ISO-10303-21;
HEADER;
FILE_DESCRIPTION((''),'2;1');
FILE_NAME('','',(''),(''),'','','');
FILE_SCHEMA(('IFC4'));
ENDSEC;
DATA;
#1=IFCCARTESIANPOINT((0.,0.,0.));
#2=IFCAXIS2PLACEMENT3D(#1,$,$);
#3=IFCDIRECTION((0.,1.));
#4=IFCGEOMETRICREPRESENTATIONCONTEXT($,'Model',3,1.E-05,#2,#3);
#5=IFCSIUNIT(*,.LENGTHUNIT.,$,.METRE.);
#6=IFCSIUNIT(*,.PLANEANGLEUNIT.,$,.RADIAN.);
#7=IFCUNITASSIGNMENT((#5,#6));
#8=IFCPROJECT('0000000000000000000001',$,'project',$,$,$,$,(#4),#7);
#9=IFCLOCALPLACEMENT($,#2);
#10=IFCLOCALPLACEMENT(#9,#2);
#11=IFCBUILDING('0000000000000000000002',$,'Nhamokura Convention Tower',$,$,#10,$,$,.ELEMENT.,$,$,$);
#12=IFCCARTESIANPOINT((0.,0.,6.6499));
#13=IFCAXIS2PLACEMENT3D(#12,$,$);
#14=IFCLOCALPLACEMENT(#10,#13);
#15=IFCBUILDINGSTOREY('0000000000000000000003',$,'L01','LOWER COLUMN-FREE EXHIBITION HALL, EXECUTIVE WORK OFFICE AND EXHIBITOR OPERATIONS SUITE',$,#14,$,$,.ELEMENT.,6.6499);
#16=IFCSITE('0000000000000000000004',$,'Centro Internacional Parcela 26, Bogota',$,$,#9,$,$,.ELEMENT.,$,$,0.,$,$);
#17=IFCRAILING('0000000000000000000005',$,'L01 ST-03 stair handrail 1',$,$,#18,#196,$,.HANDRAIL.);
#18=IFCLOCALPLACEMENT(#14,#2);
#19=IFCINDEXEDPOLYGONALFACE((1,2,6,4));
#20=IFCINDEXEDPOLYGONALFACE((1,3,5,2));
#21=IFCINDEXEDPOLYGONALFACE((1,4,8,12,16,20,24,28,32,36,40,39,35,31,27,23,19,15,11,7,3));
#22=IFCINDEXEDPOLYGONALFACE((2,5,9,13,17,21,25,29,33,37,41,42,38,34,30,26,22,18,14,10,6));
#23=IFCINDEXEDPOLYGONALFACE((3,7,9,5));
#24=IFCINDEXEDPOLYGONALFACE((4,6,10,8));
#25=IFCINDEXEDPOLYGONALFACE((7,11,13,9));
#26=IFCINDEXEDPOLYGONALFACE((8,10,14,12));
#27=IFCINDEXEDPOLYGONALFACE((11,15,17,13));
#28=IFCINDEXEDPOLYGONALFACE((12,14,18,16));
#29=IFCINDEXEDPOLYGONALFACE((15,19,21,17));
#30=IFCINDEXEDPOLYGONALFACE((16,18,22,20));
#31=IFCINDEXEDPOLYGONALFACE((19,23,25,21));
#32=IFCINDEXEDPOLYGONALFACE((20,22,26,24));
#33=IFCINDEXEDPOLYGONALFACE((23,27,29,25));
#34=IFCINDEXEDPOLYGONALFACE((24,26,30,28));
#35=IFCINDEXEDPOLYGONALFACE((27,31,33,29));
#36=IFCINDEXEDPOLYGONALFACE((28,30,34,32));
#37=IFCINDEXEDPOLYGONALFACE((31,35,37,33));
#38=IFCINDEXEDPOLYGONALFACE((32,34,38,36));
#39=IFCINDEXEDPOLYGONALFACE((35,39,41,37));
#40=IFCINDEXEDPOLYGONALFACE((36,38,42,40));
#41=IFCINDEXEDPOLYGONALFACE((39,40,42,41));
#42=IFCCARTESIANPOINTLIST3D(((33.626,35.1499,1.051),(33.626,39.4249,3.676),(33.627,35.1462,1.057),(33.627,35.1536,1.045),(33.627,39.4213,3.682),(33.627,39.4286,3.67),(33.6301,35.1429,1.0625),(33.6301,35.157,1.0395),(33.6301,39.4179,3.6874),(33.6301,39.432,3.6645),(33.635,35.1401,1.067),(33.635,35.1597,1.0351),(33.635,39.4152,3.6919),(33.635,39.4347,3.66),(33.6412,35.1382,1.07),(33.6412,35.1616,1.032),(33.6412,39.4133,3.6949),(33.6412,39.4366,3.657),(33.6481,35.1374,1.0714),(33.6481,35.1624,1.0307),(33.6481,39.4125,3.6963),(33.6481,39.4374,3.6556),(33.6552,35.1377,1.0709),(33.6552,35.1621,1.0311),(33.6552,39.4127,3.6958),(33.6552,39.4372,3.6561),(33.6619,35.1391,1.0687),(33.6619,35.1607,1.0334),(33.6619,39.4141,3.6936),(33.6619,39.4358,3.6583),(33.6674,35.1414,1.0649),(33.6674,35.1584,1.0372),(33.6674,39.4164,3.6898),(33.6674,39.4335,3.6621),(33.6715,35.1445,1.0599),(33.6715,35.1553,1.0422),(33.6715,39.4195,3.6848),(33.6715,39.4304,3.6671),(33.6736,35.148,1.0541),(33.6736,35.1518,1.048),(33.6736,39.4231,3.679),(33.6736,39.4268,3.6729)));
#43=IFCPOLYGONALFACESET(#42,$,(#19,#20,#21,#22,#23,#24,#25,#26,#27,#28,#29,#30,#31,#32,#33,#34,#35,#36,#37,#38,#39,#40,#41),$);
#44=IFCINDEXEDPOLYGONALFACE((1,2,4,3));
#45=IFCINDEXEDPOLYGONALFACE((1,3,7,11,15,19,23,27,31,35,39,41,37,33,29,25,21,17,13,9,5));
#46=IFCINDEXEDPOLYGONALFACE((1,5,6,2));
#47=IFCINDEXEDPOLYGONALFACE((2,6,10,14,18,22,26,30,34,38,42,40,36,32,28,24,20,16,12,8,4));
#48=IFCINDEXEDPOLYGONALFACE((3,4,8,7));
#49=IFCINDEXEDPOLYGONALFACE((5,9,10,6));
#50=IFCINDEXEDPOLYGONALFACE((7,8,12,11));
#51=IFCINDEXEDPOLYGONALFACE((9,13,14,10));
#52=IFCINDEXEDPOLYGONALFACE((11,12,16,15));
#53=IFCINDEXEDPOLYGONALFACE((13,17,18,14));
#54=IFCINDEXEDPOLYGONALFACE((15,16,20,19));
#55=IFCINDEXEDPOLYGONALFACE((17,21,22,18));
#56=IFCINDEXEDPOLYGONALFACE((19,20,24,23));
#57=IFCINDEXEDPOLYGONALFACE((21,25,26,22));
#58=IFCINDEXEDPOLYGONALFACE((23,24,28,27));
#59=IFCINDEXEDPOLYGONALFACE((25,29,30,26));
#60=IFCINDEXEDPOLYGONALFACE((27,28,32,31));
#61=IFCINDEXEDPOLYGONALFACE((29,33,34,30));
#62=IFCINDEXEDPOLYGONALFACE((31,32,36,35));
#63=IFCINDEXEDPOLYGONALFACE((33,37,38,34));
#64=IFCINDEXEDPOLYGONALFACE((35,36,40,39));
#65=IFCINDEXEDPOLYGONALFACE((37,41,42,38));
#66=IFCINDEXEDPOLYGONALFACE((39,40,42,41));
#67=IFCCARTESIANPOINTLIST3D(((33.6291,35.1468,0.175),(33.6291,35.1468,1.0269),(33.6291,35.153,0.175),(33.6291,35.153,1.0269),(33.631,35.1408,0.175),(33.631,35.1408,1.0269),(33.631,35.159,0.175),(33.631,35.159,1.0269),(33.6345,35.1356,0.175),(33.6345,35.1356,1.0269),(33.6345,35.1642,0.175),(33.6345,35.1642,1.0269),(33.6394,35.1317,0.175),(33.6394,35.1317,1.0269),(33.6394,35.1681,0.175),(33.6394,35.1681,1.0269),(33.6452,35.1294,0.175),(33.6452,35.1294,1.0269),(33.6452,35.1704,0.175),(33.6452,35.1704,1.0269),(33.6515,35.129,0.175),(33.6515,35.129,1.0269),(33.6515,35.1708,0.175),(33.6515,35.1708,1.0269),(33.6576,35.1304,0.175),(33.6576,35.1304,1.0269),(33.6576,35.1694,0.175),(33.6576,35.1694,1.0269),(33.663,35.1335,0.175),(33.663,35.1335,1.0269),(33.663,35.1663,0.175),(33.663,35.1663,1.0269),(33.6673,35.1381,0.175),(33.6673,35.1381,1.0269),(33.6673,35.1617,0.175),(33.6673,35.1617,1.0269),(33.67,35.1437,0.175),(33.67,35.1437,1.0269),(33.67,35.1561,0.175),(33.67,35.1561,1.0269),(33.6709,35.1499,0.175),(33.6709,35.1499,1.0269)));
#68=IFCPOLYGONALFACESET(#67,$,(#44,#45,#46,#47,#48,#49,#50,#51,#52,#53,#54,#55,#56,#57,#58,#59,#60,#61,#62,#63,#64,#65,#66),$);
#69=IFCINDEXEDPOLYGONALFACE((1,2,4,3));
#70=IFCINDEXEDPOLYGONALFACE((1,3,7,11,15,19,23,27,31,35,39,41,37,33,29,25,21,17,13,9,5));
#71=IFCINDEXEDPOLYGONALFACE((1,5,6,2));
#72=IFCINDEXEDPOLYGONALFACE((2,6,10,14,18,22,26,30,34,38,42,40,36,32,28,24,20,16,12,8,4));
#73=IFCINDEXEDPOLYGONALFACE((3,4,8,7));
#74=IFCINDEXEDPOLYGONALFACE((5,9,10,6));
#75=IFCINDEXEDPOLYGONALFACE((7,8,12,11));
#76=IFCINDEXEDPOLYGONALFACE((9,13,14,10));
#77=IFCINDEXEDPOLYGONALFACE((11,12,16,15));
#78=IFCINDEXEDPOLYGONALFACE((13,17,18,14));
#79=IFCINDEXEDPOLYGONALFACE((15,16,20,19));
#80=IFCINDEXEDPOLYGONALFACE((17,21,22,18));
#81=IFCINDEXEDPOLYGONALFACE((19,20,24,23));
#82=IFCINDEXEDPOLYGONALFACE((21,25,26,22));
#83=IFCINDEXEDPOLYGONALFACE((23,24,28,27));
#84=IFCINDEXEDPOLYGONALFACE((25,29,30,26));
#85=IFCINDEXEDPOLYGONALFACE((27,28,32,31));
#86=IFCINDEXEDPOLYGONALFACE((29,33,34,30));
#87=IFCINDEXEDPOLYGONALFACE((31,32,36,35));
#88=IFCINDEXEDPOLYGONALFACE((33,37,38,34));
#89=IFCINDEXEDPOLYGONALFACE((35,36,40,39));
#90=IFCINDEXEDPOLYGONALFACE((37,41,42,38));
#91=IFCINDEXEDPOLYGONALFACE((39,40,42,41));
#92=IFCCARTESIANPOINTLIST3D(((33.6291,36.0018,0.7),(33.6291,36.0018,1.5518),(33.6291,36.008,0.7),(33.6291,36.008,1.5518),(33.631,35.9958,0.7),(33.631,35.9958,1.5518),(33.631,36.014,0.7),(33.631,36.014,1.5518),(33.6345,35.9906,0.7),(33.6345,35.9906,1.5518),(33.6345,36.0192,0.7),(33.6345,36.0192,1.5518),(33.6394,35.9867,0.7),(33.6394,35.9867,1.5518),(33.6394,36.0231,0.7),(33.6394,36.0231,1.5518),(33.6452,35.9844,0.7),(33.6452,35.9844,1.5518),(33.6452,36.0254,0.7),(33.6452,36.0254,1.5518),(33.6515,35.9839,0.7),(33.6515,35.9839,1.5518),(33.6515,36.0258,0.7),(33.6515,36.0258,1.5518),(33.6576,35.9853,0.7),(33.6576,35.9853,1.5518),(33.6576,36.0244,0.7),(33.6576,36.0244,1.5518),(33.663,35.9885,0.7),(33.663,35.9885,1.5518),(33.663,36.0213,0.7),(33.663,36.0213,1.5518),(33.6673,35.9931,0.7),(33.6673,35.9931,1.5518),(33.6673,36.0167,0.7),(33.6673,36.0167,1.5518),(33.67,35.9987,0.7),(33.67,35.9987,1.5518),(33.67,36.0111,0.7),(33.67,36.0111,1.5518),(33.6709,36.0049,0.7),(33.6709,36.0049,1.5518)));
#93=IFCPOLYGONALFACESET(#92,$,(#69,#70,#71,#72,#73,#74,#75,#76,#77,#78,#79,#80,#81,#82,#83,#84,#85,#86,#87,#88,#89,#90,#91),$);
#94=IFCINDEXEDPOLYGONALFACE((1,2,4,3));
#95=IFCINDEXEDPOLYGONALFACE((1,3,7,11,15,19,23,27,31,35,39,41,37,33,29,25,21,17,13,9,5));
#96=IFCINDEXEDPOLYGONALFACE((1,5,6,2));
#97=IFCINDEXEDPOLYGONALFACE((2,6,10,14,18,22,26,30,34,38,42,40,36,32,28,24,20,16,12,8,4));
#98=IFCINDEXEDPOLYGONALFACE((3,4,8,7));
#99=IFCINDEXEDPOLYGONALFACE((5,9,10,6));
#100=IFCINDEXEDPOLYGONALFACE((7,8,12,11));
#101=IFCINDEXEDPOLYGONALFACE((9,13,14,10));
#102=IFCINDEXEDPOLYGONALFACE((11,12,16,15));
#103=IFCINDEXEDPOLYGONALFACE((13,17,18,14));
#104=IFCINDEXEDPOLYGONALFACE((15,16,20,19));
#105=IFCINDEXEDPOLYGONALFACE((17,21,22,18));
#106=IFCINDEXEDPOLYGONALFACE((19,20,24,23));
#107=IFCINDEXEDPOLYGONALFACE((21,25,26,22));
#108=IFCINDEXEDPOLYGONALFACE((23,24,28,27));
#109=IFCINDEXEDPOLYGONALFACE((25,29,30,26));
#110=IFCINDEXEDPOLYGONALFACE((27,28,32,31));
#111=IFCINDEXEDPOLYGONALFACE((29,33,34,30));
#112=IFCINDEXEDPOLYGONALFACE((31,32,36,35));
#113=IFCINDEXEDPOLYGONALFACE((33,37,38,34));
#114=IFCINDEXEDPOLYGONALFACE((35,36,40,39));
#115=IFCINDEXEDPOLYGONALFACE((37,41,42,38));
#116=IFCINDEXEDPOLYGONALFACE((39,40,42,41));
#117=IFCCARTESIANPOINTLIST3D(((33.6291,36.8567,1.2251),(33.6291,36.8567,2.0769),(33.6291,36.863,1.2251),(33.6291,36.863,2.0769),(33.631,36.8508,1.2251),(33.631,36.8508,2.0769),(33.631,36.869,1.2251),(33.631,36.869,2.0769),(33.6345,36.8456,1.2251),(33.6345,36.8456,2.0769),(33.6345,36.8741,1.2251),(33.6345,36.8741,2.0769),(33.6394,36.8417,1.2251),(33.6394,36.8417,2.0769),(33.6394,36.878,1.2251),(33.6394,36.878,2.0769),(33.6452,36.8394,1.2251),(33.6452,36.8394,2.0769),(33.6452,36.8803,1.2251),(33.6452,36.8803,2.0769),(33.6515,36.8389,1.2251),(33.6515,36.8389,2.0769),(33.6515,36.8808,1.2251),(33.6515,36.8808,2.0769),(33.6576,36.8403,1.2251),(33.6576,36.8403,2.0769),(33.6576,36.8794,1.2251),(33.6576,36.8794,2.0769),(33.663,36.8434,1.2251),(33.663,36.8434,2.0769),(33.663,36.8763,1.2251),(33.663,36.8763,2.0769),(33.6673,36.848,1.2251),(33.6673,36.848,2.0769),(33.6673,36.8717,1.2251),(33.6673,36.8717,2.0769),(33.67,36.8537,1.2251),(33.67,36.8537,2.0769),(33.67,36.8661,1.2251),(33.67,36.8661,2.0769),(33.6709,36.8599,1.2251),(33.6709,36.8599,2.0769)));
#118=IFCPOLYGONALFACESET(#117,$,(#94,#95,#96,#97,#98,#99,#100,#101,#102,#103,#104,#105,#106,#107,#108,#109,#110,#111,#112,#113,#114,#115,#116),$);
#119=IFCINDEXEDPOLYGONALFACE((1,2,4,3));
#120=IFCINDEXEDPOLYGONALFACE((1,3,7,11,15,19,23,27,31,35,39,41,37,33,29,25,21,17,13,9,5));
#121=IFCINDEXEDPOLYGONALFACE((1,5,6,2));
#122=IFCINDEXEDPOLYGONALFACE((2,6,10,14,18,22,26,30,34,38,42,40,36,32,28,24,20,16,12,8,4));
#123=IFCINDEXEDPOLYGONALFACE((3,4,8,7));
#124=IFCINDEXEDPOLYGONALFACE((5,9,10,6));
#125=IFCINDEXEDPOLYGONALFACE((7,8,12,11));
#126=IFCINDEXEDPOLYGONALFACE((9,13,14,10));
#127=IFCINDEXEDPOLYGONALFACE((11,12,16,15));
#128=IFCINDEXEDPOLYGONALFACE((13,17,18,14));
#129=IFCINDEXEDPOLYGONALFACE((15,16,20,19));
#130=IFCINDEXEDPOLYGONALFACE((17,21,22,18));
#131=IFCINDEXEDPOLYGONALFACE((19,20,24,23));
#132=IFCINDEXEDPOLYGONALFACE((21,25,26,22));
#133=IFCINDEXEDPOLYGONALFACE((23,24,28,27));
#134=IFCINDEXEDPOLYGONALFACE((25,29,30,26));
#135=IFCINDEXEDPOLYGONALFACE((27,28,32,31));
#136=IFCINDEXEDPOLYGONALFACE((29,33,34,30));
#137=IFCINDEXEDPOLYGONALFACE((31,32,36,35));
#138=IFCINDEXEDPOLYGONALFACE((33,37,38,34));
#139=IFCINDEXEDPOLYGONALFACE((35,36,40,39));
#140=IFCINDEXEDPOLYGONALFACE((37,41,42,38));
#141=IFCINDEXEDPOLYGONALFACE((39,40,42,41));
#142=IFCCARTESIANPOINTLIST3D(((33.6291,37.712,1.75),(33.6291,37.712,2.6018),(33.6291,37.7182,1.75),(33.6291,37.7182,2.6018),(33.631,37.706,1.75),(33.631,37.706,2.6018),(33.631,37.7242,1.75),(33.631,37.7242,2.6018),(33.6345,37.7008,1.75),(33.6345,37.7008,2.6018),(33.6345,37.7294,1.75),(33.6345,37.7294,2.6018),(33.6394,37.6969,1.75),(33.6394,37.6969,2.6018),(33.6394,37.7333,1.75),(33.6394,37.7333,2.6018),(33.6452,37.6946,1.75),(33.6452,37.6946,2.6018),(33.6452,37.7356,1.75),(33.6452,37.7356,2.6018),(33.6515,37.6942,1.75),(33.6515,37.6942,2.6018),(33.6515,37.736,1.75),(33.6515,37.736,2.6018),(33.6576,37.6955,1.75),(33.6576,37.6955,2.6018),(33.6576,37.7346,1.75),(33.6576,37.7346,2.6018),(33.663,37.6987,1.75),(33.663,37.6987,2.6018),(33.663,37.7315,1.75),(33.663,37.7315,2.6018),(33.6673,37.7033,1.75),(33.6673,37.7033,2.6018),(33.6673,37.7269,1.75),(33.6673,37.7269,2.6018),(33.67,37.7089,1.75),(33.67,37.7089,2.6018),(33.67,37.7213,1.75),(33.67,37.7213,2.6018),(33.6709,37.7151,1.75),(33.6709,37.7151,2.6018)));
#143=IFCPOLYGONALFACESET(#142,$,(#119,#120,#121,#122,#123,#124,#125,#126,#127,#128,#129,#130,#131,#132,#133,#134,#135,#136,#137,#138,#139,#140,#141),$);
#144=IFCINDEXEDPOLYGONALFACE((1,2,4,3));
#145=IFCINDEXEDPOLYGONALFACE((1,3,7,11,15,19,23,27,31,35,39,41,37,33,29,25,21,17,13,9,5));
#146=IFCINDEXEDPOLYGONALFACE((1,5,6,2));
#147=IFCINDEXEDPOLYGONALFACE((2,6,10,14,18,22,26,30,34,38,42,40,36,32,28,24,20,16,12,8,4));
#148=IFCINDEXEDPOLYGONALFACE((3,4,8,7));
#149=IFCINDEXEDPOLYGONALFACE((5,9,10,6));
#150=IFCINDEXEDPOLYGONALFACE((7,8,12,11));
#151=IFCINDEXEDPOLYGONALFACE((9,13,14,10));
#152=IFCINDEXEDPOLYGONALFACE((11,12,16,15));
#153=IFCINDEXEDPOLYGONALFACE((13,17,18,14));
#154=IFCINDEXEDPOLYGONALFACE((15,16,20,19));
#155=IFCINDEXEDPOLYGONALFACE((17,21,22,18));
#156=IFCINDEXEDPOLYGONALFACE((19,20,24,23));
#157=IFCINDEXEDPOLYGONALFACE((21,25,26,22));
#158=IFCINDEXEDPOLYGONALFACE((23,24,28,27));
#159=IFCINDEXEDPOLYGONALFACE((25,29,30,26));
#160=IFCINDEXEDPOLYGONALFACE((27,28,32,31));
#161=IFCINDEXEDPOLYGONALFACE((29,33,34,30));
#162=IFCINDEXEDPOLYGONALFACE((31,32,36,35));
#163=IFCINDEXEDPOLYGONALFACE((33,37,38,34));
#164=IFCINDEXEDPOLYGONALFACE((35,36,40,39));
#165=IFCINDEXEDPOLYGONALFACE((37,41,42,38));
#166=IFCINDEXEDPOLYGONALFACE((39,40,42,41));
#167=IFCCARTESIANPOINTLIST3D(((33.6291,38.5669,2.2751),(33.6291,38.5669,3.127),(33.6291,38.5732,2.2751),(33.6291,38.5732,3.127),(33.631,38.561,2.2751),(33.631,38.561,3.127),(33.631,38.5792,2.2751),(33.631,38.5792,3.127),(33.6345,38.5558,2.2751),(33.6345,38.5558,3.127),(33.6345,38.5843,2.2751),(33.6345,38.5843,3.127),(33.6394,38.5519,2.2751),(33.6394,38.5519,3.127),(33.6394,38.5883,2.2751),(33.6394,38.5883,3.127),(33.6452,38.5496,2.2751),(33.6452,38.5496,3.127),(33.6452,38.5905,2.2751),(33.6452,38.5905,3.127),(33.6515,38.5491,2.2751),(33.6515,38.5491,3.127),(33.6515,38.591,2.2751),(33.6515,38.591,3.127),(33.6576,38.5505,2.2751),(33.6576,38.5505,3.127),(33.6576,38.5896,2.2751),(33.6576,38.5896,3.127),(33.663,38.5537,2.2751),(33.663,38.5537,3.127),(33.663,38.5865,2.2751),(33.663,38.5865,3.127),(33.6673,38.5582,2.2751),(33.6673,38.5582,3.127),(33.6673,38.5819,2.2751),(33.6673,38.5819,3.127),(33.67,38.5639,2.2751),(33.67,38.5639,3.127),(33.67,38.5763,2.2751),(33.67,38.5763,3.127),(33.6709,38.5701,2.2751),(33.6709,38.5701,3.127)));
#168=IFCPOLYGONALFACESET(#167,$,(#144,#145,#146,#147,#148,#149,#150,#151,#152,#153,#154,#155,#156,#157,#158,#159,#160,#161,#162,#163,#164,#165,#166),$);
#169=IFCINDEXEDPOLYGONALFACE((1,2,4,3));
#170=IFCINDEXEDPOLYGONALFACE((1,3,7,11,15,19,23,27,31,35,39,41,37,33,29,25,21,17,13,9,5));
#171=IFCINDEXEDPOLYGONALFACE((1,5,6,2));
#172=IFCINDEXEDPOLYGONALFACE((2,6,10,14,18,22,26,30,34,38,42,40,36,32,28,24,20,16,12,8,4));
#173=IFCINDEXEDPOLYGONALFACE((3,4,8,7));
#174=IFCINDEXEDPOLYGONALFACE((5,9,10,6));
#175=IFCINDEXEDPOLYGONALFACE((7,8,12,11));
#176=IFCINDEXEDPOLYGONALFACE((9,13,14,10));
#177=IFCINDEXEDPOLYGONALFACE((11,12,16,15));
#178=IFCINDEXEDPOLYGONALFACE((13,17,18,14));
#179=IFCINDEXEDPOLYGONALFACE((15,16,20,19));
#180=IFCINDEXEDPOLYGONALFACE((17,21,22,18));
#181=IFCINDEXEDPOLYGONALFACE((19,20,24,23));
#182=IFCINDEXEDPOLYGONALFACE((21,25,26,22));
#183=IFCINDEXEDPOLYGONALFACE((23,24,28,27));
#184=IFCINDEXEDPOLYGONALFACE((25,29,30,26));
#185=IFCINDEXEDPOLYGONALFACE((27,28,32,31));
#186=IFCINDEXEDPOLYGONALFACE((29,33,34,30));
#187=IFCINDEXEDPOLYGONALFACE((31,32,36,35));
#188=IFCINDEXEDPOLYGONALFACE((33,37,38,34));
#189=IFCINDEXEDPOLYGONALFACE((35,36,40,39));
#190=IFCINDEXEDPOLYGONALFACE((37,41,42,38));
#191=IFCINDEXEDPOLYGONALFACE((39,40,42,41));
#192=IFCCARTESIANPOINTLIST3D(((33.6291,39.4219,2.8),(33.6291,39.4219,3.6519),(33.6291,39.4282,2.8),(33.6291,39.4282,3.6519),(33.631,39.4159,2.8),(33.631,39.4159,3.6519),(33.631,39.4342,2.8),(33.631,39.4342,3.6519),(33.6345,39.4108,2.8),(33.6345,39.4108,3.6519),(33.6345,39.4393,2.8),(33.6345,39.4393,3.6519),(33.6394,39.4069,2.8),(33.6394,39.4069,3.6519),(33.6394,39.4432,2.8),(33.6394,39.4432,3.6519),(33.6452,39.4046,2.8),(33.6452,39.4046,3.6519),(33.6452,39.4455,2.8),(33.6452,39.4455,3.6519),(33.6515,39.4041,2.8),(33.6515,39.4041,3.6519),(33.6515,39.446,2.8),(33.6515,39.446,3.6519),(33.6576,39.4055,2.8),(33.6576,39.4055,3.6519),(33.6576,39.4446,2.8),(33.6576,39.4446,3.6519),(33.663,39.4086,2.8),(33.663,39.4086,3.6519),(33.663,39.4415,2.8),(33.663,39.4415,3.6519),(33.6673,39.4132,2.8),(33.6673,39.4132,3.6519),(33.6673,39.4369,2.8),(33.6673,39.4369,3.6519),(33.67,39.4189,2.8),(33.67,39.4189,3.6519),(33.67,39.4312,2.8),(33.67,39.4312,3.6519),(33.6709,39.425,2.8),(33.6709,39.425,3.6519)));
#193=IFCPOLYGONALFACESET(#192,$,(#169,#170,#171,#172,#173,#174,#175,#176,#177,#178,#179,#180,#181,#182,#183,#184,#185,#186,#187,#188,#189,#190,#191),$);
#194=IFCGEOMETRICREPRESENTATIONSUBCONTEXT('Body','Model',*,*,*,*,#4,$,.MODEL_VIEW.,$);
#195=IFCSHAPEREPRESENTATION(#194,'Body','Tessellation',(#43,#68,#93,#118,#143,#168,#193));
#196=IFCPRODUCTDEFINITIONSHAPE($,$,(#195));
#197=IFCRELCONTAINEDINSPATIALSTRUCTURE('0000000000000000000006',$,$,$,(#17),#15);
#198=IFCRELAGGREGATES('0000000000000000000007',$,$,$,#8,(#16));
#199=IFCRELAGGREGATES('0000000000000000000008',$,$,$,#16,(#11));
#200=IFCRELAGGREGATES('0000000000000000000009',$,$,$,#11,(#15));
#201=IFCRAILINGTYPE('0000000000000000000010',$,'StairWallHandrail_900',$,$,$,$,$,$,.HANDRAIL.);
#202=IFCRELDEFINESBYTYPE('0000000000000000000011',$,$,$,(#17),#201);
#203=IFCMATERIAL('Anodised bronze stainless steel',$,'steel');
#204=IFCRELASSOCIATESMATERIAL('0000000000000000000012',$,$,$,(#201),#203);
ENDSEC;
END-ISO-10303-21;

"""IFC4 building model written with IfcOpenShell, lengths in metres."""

from ifc_helpers import new_model, si_unit, direction, frame, origin, origin_2d, place, context, subcontext, project, spatial, circle, extrude, material, type_object, element, save


model = new_model("IFC4")

# Units and contexts
model_context = context("Model", 3, precision=1e-05, world=origin(), true_north=direction((0.0, 1.0)))
body_context = subcontext(model_context, "Body", "Model", "MODEL_VIEW")
ifc_project = project(units=[si_unit("LENGTHUNIT", "METRE"), si_unit("PLANEANGLEUNIT", "RADIAN")], contexts=[model_context])

# Site, building, storey
site_placement = place(None, origin())
site = spatial("IfcSite", under=ifc_project, at=site_placement, Name="Centro Internacional Parcela 26, Bogota", CompositionType="ELEMENT", RefElevation=0.0)
building_placement = place(site_placement, origin())
building = spatial("IfcBuilding", under=site, at=building_placement, Name="Nhamokura Convention Tower", CompositionType="ELEMENT")
storey_placement = place(building_placement, frame((0.0, 0.0, 6.6499)))
storey = spatial("IfcBuildingStorey", under=building, at=storey_placement, Name="L01", Description="LOWER COLUMN-FREE EXHIBITION HALL, EXECUTIVE WORK OFFICE AND EXHIBITOR OPERATIONS SUITE", CompositionType="ELEMENT", Elevation=6.6499)

# Railing
ifc_material_1 = material(Name="Anodised bronze stainless steel", Category="steel")
railing_type_1 = type_object("IfcRailingType", Name="StairWallHandrail_900", PredefinedType="HANDRAIL", material=ifc_material_1)
railing_1_placement = place(storey_placement, frame((33.6499, 35.1499, 0.175)))
element("IfcRailing", 1, at=railing_1_placement, inside=storey, type_object=railing_type_1, Name="L01 ST-03 stair handrail 1", PredefinedType="HANDRAIL", context=body_context, shape_type="SweptSolid", body=[
    extrude(circle(Radius=0.0239, at=origin_2d()), frame((0.0, 0.0, 0.876), z_axis=(0.0, 0.852179, 0.52325), x_axis=(-1.0, 0.0, 0.0)), (0.0, 0.0, 1.0), 5.0166),
    extrude(circle(Radius=0.021, at=origin_2d()), origin(), (0.0, 0.0, 1.0), 0.8518),
    extrude(circle(Radius=0.021, at=origin_2d()), frame((0.0, 0.855, 0.5249)), (0.0, 0.0, 1.0), 0.8518),
    extrude(circle(Radius=0.021, at=origin_2d()), frame((0.0, 1.71, 1.05)), (0.0, 0.0, 1.0), 0.8518),
    extrude(circle(Radius=0.021, at=origin_2d()), frame((0.0, 2.5652, 1.575)), (0.0, 0.0, 1.0), 0.8518),
    extrude(circle(Radius=0.021, at=origin_2d()), frame((0.0, 3.4202, 2.1001)), (0.0, 0.0, 1.0), 0.8518),
    extrude(circle(Radius=0.021, at=origin_2d()), frame((0.0, 4.2751, 2.625)), (0.0, 0.0, 1.0), 0.8518),
])

save(model, "model.ifc")
